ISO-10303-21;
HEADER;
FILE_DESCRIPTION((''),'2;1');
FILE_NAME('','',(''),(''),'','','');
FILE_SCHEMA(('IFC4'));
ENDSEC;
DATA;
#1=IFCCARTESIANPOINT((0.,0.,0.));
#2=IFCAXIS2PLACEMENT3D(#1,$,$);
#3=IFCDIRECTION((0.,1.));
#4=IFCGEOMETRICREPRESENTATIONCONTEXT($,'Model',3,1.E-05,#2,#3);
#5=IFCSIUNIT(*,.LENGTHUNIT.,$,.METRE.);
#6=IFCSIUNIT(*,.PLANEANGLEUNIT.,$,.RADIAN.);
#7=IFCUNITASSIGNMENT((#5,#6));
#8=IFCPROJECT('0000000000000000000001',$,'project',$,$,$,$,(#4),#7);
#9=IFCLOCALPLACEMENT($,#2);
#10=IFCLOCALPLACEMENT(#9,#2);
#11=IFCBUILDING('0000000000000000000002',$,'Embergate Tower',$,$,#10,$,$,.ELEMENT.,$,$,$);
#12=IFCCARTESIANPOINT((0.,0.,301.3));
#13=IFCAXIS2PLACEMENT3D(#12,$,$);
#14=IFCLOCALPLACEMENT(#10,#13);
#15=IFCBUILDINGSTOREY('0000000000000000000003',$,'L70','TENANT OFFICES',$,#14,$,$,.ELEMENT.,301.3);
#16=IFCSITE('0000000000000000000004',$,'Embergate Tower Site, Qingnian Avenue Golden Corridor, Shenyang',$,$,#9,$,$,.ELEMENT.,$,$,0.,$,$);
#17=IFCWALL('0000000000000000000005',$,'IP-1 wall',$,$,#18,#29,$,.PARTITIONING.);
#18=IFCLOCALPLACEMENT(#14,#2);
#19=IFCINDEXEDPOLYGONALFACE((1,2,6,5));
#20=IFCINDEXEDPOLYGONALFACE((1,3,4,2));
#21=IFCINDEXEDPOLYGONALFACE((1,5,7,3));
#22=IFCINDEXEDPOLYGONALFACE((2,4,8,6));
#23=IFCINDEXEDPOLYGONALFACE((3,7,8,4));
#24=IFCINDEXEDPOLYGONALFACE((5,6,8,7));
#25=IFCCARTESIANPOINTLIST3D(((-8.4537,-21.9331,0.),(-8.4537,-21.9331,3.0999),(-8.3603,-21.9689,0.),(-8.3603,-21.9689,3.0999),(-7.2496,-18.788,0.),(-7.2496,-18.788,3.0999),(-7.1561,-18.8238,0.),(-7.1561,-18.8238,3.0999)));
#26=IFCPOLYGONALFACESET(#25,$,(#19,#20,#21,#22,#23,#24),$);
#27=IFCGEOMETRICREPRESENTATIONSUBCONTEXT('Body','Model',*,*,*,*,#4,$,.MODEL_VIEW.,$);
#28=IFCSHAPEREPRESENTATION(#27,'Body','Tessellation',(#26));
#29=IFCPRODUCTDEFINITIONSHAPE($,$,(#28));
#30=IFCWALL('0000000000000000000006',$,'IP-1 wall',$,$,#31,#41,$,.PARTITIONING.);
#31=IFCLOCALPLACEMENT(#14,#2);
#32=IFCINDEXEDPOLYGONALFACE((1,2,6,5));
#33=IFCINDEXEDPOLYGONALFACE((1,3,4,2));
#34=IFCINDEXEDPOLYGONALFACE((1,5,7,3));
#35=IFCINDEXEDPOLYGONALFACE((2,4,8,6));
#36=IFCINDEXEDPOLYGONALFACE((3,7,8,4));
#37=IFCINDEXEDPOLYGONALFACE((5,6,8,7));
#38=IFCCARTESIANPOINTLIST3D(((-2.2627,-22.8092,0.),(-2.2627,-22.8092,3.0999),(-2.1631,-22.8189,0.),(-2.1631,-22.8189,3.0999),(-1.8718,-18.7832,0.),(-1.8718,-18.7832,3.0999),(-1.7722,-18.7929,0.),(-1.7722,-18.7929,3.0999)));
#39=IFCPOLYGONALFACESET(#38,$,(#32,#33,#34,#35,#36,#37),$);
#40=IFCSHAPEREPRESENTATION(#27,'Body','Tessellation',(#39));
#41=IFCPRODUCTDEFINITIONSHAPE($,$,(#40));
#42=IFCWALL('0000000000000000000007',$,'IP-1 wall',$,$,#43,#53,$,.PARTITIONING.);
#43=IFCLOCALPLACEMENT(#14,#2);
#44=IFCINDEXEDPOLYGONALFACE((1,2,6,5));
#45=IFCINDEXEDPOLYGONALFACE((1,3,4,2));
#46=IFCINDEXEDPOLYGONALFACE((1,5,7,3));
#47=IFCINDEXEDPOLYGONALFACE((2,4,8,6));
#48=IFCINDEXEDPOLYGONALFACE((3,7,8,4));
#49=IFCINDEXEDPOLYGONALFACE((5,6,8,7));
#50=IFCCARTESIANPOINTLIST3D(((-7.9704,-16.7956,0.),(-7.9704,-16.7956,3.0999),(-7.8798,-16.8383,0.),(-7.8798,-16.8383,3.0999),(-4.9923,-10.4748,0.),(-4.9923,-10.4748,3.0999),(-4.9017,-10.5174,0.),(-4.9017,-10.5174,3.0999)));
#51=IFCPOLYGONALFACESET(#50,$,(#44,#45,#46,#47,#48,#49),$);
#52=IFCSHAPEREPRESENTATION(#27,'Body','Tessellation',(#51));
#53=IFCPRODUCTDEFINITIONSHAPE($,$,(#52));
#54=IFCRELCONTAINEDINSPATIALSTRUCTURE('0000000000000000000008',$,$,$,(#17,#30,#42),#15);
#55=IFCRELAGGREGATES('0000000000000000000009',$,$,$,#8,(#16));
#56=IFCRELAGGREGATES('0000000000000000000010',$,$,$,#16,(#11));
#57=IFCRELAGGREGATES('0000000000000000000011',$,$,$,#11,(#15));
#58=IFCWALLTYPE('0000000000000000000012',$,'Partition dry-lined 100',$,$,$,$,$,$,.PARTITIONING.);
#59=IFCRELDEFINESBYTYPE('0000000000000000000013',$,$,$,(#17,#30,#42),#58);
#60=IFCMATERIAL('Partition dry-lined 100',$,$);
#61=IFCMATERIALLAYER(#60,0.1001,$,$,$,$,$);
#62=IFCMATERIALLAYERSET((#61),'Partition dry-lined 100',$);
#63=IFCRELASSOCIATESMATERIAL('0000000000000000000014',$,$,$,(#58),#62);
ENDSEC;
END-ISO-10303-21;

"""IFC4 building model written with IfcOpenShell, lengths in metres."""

from ifc_helpers import new_model, si_unit, direction, frame, frame_2d, origin, place, context, subcontext, project, spatial, rectangle, extrude, source, transform, mapped, material, layer, layer_set, type_object, element, save


model = new_model("IFC4")

# Units and contexts
model_context = context("Model", 3, precision=1e-05, world=origin(), true_north=direction((0.0, 1.0)))
body_context = subcontext(model_context, "Body", "Model", "MODEL_VIEW")
ifc_project = project(units=[si_unit("LENGTHUNIT", "METRE"), si_unit("PLANEANGLEUNIT", "RADIAN")], contexts=[model_context])

# Site, building, storey
site_placement = place(None, origin())
site = spatial("IfcSite", under=ifc_project, at=site_placement, Name="Embergate Tower Site, Qingnian Avenue Golden Corridor, Shenyang", CompositionType="ELEMENT", RefElevation=0.0)
building_placement = place(site_placement, origin())
building = spatial("IfcBuilding", under=site, at=building_placement, Name="Embergate Tower", CompositionType="ELEMENT")
storey_placement = place(building_placement, frame((0.0, 0.0, 301.3)))
storey = spatial("IfcBuildingStorey", under=building, at=storey_placement, Name="L70", Description="TENANT OFFICES", CompositionType="ELEMENT", Elevation=301.3)

# Shared definitions
ifc_material_1 = material(Name="Partition dry-lined 100")
ifc_layer_1 = layer(ifc_material_1, 0.1001)
ifc_layer_set_1 = layer_set([ifc_layer_1], Name="Partition dry-lined 100")
wall_type_1 = type_object("IfcWallType", Name="Partition dry-lined 100", PredefinedType="PARTITIONING", material=ifc_layer_set_1)

# Walls
shared_shape_1 = source(origin(), body_context, "Body", "SweptSolid", [
    extrude(rectangle(XDim=3.3677, YDim=0.1001, at=frame_2d((1.6838, 0.0))), origin(), (0.0, 0.0, 1.0), 3.0999),
])
wall_1_placement = place(storey_placement, frame((-7.2029, -18.8059, 0.0), z_axis=(0.0, 0.0, 1.0), x_axis=(-0.35755, -0.933894, 0.0)))
element("IfcWall", 1, at=wall_1_placement, inside=storey, type_object=wall_type_1, Name="IP-1 wall", PredefinedType="PARTITIONING", context=body_context, shape_type="MappedRepresentation", body=[
    mapped(shared_shape_1, transform((0.0, 0.0, 0.0))),
])
shared_shape_2 = source(origin(), body_context, "Body", "SweptSolid", [
    extrude(rectangle(XDim=4.0449, YDim=0.1001, at=frame_2d((2.0225, 0.0))), origin(), (0.0, 0.0, 1.0), 3.0999),
])
wall_2_placement = place(storey_placement, frame((-1.822, -18.7881, 0.0), z_axis=(0.0, 0.0, 1.0), x_axis=(-0.096635, -0.99532, 0.0)))
element("IfcWall", 2, at=wall_2_placement, inside=storey, type_object=wall_type_1, Name="IP-1 wall", PredefinedType="PARTITIONING", context=body_context, shape_type="MappedRepresentation", body=[
    mapped(shared_shape_2, transform((0.0, 0.0, 0.0))),
])
shared_shape_3 = source(origin(), body_context, "Body", "SweptSolid", [
    extrude(rectangle(XDim=6.9873, YDim=0.1001, at=frame_2d((3.4937, 0.0))), origin(), (0.0, 0.0, 1.0), 3.0999),
])
wall_3_placement = place(storey_placement, frame((-4.947, -10.4961, 0.0), z_axis=(0.0, 0.0, 1.0), x_axis=(-0.426211, -0.904624, 0.0)))
element("IfcWall", 3, at=wall_3_placement, inside=storey, type_object=wall_type_1, Name="IP-1 wall", PredefinedType="PARTITIONING", context=body_context, shape_type="MappedRepresentation", body=[
    mapped(shared_shape_3, transform((0.0, 0.0, 0.0))),
])

save(model, "model.ifc")
